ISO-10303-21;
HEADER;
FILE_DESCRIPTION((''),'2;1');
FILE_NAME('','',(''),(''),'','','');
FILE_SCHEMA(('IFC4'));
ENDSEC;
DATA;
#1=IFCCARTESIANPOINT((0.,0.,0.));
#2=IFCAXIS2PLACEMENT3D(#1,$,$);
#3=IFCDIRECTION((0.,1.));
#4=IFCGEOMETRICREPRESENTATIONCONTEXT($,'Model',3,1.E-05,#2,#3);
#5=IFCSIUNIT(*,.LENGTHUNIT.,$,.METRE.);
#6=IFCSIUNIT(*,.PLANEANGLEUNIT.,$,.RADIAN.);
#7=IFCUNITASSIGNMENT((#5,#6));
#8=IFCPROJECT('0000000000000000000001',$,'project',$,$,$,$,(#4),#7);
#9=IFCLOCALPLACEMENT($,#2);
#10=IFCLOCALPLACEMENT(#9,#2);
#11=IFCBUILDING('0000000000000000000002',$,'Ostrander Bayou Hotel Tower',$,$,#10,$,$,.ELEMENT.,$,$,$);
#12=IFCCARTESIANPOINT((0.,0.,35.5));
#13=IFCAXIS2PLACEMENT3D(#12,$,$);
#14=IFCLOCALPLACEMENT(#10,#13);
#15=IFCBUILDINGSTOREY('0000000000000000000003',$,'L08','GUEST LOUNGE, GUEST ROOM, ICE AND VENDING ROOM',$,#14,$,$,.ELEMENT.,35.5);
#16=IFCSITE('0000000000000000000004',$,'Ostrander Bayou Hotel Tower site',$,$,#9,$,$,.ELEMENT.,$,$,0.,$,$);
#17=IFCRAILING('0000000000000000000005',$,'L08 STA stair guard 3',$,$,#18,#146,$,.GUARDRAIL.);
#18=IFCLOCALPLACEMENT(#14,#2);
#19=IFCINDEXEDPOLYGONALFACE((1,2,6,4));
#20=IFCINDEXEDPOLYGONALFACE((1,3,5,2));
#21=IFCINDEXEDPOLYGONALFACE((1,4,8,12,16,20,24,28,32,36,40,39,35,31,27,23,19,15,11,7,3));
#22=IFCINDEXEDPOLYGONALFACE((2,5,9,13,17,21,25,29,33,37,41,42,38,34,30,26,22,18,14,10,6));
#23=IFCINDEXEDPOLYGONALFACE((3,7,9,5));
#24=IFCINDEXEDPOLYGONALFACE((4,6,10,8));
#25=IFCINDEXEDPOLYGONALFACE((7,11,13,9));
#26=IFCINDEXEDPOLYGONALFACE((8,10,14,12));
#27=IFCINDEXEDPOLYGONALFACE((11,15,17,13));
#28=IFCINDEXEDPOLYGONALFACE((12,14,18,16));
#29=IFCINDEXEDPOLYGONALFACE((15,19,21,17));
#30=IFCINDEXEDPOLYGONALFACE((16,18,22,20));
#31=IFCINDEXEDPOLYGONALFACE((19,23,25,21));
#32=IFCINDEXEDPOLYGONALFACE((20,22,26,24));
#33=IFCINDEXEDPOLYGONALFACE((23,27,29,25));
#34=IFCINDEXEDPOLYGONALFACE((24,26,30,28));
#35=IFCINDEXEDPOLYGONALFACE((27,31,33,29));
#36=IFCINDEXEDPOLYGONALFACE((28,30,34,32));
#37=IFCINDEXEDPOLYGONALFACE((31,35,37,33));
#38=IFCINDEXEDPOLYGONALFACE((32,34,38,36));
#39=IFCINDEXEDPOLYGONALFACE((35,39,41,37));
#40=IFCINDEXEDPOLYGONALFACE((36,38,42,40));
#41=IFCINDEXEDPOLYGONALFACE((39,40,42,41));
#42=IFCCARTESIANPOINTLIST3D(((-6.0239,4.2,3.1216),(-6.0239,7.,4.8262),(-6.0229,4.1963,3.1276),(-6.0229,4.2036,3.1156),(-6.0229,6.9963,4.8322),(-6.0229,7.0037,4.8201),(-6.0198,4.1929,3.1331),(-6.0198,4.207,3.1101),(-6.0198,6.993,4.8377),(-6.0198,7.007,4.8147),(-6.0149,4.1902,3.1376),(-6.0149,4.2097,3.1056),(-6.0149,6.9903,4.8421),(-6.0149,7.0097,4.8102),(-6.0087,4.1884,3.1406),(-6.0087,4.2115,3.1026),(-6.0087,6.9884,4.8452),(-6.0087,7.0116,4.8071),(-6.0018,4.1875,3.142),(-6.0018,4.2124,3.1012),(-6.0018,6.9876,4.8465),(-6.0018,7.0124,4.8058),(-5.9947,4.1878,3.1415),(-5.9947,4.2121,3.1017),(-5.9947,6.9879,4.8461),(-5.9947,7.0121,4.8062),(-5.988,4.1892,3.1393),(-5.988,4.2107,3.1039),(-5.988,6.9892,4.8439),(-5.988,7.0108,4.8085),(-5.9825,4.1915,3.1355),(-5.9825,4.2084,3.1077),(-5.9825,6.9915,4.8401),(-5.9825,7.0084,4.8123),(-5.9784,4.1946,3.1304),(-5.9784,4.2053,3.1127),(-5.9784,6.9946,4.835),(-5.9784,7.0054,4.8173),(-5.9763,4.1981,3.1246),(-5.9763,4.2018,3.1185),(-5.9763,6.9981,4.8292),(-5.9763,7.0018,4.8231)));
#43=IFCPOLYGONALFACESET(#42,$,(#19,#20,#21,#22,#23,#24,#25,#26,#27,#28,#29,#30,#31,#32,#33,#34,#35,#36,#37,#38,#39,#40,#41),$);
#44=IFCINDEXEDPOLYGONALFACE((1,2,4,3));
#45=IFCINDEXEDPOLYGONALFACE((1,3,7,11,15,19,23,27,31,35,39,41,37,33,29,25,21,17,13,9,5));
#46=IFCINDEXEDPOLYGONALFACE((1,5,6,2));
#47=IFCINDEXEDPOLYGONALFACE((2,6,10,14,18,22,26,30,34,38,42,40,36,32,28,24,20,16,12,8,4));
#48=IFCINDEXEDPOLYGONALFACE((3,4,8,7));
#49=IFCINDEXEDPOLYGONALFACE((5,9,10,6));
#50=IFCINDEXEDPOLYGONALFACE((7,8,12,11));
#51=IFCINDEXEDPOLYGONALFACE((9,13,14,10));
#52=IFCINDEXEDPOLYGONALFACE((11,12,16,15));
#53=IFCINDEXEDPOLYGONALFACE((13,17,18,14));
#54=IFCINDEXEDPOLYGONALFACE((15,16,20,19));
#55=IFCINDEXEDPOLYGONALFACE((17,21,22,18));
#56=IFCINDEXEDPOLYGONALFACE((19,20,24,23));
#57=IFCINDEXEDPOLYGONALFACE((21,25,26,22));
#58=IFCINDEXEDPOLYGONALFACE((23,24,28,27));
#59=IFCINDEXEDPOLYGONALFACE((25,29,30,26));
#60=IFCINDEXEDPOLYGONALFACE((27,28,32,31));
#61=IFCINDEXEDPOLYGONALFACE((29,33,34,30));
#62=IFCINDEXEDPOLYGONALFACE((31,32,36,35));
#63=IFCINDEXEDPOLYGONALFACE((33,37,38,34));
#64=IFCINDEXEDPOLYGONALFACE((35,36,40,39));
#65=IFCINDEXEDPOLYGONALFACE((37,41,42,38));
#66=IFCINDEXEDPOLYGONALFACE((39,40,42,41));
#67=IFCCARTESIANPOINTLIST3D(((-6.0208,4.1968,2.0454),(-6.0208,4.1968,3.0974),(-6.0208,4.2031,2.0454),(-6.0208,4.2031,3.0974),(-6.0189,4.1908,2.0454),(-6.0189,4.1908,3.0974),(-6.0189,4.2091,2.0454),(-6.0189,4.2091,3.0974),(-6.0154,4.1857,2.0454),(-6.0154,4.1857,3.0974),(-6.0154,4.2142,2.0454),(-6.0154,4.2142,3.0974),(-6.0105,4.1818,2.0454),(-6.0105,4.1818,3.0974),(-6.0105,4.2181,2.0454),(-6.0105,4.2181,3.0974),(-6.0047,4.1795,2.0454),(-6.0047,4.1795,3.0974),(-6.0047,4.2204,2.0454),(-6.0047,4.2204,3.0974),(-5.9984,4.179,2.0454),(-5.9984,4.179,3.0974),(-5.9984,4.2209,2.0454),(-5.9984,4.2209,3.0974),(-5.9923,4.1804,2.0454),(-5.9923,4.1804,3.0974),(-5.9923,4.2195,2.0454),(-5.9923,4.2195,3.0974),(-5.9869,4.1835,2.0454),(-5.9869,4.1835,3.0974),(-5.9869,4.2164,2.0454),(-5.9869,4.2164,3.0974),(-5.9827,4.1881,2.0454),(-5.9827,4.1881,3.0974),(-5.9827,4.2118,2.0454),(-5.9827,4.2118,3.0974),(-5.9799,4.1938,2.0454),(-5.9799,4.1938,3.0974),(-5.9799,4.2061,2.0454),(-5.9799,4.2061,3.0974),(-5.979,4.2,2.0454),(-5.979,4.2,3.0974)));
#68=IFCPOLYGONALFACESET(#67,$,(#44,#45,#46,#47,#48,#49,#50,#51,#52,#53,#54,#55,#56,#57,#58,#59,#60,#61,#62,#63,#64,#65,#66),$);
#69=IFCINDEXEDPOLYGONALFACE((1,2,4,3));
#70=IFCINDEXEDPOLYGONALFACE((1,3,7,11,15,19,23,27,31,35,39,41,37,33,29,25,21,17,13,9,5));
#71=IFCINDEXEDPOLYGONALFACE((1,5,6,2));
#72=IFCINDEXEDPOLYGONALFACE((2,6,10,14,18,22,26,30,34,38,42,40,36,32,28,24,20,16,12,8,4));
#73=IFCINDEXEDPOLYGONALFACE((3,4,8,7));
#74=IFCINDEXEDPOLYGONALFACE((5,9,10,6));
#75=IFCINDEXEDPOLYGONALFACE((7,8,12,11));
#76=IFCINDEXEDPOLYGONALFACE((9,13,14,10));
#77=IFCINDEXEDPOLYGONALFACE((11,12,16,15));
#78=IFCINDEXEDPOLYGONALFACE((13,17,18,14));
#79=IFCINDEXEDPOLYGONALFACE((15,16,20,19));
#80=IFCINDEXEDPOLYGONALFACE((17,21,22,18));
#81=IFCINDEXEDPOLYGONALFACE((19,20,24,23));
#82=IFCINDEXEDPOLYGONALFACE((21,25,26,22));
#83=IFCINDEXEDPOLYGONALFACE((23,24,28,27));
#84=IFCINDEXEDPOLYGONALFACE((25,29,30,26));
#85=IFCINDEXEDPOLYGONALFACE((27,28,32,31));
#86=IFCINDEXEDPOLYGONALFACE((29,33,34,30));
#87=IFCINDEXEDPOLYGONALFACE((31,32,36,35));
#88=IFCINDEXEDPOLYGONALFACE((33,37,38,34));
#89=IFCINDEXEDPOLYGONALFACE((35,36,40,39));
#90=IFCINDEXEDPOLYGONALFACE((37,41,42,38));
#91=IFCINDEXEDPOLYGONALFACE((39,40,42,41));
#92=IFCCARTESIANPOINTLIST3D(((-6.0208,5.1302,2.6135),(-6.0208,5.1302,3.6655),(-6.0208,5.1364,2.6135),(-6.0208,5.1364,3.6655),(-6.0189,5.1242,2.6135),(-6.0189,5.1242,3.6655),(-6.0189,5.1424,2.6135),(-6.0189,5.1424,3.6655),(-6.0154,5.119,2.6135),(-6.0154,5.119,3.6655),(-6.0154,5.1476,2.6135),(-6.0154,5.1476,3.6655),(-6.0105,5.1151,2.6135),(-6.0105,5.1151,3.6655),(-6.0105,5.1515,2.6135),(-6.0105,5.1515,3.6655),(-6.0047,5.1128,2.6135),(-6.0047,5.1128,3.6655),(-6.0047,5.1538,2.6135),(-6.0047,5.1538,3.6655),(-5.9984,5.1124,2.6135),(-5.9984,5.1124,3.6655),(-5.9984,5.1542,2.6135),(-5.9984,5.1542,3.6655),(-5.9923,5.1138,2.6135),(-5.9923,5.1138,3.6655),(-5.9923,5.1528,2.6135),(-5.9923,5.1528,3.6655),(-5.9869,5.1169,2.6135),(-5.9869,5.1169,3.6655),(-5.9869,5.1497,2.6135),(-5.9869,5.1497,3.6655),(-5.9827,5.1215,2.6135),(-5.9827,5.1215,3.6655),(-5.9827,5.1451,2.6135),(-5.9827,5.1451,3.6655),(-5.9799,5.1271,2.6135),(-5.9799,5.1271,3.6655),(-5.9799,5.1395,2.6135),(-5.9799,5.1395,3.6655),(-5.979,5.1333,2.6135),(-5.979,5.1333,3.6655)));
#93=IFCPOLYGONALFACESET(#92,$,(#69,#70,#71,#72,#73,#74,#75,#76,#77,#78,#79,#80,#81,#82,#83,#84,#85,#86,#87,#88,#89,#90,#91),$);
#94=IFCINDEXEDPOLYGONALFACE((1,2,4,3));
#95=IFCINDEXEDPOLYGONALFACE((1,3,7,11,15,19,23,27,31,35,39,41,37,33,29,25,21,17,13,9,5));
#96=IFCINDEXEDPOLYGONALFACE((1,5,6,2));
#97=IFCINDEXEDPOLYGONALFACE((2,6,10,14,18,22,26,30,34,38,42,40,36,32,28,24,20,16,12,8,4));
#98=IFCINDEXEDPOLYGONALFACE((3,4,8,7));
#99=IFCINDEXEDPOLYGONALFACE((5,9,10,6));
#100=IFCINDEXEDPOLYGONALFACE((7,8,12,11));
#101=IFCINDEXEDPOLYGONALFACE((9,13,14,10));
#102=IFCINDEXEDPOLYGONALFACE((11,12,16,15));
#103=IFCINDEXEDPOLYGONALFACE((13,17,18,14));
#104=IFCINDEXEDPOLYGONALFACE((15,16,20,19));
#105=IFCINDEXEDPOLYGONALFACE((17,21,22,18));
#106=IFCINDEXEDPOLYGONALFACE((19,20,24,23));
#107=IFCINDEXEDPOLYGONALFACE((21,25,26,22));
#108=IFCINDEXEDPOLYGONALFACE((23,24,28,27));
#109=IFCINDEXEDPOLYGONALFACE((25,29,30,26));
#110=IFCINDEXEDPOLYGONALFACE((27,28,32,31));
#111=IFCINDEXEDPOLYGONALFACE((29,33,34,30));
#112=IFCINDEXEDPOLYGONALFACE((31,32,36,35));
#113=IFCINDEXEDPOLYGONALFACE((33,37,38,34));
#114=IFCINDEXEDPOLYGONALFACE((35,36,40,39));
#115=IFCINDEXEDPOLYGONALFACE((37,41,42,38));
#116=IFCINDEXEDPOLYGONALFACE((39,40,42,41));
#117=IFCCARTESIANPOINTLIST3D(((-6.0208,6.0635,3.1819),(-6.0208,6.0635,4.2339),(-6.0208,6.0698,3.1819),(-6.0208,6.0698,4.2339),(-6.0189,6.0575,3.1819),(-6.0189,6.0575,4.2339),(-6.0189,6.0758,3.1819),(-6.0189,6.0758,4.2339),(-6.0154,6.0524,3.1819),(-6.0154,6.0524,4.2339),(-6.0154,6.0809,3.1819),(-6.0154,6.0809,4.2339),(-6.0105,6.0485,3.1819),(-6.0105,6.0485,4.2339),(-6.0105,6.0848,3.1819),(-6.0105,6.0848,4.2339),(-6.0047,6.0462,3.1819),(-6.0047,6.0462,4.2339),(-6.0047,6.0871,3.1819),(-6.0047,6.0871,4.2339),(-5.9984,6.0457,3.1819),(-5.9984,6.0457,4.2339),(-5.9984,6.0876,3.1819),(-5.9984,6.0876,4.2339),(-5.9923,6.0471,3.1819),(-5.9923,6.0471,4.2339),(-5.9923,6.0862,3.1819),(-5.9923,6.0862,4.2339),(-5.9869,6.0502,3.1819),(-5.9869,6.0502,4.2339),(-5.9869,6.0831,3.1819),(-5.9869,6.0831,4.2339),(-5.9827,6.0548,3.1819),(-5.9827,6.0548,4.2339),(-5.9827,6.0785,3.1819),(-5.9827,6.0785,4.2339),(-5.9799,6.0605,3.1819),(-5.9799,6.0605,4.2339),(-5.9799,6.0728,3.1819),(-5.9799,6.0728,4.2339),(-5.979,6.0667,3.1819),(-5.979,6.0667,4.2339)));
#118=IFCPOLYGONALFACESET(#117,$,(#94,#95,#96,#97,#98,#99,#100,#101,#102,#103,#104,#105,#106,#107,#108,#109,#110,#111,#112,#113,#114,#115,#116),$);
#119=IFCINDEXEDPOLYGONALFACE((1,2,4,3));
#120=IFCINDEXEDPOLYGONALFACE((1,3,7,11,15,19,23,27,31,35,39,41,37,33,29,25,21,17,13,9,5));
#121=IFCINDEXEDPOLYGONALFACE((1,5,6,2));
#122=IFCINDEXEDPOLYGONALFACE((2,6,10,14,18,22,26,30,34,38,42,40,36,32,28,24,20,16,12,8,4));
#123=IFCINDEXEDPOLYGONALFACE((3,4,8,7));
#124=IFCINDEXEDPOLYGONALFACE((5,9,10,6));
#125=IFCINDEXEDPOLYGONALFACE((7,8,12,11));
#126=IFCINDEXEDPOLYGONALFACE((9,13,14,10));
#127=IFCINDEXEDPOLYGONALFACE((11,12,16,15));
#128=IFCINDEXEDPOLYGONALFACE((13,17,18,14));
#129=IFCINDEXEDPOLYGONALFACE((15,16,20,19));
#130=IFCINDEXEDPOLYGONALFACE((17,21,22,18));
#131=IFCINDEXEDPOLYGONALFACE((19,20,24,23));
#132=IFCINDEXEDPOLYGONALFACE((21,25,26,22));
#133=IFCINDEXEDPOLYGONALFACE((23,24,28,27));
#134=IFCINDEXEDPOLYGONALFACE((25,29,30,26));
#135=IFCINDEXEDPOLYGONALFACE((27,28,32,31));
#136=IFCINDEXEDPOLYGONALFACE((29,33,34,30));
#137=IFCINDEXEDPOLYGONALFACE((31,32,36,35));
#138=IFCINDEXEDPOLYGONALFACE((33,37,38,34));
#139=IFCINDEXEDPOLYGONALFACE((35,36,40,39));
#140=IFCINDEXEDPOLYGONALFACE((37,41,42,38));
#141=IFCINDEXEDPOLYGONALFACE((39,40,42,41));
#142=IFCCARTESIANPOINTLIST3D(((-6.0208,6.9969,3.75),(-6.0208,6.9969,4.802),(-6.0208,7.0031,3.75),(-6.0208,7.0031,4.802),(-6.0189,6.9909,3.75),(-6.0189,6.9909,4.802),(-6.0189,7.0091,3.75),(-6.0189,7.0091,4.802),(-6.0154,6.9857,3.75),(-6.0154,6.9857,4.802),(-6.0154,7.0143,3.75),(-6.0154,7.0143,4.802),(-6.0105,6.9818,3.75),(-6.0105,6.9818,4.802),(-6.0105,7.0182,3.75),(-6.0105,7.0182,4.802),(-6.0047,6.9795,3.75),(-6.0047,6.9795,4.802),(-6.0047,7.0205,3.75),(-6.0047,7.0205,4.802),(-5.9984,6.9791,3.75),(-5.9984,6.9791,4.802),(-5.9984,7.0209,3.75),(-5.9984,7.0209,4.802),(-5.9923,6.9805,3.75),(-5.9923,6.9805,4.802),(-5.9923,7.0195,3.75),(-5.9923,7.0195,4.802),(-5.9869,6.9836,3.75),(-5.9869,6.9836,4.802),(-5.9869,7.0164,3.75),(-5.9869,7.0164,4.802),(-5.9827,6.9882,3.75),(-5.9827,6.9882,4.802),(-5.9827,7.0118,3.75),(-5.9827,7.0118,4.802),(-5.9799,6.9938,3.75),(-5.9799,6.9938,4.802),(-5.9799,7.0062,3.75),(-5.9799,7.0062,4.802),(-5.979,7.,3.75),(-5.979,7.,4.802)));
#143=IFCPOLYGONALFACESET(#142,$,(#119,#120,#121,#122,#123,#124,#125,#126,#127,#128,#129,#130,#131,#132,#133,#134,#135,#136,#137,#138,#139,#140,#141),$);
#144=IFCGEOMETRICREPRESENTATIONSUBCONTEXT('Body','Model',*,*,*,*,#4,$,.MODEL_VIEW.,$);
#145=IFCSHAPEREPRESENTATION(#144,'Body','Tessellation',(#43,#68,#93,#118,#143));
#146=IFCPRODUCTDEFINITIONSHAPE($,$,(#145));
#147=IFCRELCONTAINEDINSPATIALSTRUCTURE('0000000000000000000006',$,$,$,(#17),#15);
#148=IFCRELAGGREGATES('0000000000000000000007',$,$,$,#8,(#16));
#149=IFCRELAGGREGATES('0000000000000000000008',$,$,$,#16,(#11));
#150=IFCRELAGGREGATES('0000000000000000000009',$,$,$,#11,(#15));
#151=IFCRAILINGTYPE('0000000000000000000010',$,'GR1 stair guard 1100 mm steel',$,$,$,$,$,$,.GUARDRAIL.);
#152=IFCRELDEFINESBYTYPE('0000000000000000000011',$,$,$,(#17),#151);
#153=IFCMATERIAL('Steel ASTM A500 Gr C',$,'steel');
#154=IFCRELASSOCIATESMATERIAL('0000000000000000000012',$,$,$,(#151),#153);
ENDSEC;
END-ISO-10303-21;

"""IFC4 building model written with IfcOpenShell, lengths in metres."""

from ifc_helpers import new_model, si_unit, direction, frame, origin, origin_2d, place, context, subcontext, project, spatial, circle, extrude, material, type_object, element, save


model = new_model("IFC4")

# Units and contexts
model_context = context("Model", 3, precision=1e-05, world=origin(), true_north=direction((0.0, 1.0)))
body_context = subcontext(model_context, "Body", "Model", "MODEL_VIEW")
ifc_project = project(units=[si_unit("LENGTHUNIT", "METRE"), si_unit("PLANEANGLEUNIT", "RADIAN")], contexts=[model_context])

# Site, building, storey
site_placement = place(None, origin())
site = spatial("IfcSite", under=ifc_project, at=site_placement, Name="Ostrander Bayou Hotel Tower site", CompositionType="ELEMENT", RefElevation=0.0)
building_placement = place(site_placement, origin())
building = spatial("IfcBuilding", under=site, at=building_placement, Name="Ostrander Bayou Hotel Tower", CompositionType="ELEMENT")
storey_placement = place(building_placement, frame((0.0, 0.0, 35.5)))
storey = spatial("IfcBuildingStorey", under=building, at=storey_placement, Name="L08", Description="GUEST LOUNGE, GUEST ROOM, ICE AND VENDING ROOM", CompositionType="ELEMENT", Elevation=35.5)

# Railing
ifc_material_1 = material(Name="Steel ASTM A500 Gr C", Category="steel")
railing_type_1 = type_object("IfcRailingType", Name="GR1 stair guard 1100 mm steel", PredefinedType="GUARDRAIL", material=ifc_material_1)
railing_1_placement = place(storey_placement, frame((-6.0, 4.2, 2.0454)))
element("IfcRailing", 1, at=railing_1_placement, inside=storey, type_object=railing_type_1, Name="L08 STA stair guard 3", PredefinedType="GUARDRAIL", context=body_context, shape_type="SweptSolid", body=[
    extrude(circle(Radius=0.0239, at=origin_2d()), frame((0.0, 0.0, 1.0762), z_axis=(0.0, 0.85417, 0.519994), x_axis=(-1.0, 0.0, 0.0)), (0.0, 0.0, 1.0), 3.2781),
    extrude(circle(Radius=0.021, at=origin_2d()), origin(), (0.0, 0.0, 1.0), 1.052),
    extrude(circle(Radius=0.021, at=origin_2d()), frame((0.0, 0.9333, 0.5681)), (0.0, 0.0, 1.0), 1.052),
    extrude(circle(Radius=0.021, at=origin_2d()), frame((0.0, 1.8667, 1.1365)), (0.0, 0.0, 1.0), 1.052),
    extrude(circle(Radius=0.021, at=origin_2d()), frame((0.0, 2.8, 1.7046)), (0.0, 0.0, 1.0), 1.052),
])

save(model, "model.ifc")
